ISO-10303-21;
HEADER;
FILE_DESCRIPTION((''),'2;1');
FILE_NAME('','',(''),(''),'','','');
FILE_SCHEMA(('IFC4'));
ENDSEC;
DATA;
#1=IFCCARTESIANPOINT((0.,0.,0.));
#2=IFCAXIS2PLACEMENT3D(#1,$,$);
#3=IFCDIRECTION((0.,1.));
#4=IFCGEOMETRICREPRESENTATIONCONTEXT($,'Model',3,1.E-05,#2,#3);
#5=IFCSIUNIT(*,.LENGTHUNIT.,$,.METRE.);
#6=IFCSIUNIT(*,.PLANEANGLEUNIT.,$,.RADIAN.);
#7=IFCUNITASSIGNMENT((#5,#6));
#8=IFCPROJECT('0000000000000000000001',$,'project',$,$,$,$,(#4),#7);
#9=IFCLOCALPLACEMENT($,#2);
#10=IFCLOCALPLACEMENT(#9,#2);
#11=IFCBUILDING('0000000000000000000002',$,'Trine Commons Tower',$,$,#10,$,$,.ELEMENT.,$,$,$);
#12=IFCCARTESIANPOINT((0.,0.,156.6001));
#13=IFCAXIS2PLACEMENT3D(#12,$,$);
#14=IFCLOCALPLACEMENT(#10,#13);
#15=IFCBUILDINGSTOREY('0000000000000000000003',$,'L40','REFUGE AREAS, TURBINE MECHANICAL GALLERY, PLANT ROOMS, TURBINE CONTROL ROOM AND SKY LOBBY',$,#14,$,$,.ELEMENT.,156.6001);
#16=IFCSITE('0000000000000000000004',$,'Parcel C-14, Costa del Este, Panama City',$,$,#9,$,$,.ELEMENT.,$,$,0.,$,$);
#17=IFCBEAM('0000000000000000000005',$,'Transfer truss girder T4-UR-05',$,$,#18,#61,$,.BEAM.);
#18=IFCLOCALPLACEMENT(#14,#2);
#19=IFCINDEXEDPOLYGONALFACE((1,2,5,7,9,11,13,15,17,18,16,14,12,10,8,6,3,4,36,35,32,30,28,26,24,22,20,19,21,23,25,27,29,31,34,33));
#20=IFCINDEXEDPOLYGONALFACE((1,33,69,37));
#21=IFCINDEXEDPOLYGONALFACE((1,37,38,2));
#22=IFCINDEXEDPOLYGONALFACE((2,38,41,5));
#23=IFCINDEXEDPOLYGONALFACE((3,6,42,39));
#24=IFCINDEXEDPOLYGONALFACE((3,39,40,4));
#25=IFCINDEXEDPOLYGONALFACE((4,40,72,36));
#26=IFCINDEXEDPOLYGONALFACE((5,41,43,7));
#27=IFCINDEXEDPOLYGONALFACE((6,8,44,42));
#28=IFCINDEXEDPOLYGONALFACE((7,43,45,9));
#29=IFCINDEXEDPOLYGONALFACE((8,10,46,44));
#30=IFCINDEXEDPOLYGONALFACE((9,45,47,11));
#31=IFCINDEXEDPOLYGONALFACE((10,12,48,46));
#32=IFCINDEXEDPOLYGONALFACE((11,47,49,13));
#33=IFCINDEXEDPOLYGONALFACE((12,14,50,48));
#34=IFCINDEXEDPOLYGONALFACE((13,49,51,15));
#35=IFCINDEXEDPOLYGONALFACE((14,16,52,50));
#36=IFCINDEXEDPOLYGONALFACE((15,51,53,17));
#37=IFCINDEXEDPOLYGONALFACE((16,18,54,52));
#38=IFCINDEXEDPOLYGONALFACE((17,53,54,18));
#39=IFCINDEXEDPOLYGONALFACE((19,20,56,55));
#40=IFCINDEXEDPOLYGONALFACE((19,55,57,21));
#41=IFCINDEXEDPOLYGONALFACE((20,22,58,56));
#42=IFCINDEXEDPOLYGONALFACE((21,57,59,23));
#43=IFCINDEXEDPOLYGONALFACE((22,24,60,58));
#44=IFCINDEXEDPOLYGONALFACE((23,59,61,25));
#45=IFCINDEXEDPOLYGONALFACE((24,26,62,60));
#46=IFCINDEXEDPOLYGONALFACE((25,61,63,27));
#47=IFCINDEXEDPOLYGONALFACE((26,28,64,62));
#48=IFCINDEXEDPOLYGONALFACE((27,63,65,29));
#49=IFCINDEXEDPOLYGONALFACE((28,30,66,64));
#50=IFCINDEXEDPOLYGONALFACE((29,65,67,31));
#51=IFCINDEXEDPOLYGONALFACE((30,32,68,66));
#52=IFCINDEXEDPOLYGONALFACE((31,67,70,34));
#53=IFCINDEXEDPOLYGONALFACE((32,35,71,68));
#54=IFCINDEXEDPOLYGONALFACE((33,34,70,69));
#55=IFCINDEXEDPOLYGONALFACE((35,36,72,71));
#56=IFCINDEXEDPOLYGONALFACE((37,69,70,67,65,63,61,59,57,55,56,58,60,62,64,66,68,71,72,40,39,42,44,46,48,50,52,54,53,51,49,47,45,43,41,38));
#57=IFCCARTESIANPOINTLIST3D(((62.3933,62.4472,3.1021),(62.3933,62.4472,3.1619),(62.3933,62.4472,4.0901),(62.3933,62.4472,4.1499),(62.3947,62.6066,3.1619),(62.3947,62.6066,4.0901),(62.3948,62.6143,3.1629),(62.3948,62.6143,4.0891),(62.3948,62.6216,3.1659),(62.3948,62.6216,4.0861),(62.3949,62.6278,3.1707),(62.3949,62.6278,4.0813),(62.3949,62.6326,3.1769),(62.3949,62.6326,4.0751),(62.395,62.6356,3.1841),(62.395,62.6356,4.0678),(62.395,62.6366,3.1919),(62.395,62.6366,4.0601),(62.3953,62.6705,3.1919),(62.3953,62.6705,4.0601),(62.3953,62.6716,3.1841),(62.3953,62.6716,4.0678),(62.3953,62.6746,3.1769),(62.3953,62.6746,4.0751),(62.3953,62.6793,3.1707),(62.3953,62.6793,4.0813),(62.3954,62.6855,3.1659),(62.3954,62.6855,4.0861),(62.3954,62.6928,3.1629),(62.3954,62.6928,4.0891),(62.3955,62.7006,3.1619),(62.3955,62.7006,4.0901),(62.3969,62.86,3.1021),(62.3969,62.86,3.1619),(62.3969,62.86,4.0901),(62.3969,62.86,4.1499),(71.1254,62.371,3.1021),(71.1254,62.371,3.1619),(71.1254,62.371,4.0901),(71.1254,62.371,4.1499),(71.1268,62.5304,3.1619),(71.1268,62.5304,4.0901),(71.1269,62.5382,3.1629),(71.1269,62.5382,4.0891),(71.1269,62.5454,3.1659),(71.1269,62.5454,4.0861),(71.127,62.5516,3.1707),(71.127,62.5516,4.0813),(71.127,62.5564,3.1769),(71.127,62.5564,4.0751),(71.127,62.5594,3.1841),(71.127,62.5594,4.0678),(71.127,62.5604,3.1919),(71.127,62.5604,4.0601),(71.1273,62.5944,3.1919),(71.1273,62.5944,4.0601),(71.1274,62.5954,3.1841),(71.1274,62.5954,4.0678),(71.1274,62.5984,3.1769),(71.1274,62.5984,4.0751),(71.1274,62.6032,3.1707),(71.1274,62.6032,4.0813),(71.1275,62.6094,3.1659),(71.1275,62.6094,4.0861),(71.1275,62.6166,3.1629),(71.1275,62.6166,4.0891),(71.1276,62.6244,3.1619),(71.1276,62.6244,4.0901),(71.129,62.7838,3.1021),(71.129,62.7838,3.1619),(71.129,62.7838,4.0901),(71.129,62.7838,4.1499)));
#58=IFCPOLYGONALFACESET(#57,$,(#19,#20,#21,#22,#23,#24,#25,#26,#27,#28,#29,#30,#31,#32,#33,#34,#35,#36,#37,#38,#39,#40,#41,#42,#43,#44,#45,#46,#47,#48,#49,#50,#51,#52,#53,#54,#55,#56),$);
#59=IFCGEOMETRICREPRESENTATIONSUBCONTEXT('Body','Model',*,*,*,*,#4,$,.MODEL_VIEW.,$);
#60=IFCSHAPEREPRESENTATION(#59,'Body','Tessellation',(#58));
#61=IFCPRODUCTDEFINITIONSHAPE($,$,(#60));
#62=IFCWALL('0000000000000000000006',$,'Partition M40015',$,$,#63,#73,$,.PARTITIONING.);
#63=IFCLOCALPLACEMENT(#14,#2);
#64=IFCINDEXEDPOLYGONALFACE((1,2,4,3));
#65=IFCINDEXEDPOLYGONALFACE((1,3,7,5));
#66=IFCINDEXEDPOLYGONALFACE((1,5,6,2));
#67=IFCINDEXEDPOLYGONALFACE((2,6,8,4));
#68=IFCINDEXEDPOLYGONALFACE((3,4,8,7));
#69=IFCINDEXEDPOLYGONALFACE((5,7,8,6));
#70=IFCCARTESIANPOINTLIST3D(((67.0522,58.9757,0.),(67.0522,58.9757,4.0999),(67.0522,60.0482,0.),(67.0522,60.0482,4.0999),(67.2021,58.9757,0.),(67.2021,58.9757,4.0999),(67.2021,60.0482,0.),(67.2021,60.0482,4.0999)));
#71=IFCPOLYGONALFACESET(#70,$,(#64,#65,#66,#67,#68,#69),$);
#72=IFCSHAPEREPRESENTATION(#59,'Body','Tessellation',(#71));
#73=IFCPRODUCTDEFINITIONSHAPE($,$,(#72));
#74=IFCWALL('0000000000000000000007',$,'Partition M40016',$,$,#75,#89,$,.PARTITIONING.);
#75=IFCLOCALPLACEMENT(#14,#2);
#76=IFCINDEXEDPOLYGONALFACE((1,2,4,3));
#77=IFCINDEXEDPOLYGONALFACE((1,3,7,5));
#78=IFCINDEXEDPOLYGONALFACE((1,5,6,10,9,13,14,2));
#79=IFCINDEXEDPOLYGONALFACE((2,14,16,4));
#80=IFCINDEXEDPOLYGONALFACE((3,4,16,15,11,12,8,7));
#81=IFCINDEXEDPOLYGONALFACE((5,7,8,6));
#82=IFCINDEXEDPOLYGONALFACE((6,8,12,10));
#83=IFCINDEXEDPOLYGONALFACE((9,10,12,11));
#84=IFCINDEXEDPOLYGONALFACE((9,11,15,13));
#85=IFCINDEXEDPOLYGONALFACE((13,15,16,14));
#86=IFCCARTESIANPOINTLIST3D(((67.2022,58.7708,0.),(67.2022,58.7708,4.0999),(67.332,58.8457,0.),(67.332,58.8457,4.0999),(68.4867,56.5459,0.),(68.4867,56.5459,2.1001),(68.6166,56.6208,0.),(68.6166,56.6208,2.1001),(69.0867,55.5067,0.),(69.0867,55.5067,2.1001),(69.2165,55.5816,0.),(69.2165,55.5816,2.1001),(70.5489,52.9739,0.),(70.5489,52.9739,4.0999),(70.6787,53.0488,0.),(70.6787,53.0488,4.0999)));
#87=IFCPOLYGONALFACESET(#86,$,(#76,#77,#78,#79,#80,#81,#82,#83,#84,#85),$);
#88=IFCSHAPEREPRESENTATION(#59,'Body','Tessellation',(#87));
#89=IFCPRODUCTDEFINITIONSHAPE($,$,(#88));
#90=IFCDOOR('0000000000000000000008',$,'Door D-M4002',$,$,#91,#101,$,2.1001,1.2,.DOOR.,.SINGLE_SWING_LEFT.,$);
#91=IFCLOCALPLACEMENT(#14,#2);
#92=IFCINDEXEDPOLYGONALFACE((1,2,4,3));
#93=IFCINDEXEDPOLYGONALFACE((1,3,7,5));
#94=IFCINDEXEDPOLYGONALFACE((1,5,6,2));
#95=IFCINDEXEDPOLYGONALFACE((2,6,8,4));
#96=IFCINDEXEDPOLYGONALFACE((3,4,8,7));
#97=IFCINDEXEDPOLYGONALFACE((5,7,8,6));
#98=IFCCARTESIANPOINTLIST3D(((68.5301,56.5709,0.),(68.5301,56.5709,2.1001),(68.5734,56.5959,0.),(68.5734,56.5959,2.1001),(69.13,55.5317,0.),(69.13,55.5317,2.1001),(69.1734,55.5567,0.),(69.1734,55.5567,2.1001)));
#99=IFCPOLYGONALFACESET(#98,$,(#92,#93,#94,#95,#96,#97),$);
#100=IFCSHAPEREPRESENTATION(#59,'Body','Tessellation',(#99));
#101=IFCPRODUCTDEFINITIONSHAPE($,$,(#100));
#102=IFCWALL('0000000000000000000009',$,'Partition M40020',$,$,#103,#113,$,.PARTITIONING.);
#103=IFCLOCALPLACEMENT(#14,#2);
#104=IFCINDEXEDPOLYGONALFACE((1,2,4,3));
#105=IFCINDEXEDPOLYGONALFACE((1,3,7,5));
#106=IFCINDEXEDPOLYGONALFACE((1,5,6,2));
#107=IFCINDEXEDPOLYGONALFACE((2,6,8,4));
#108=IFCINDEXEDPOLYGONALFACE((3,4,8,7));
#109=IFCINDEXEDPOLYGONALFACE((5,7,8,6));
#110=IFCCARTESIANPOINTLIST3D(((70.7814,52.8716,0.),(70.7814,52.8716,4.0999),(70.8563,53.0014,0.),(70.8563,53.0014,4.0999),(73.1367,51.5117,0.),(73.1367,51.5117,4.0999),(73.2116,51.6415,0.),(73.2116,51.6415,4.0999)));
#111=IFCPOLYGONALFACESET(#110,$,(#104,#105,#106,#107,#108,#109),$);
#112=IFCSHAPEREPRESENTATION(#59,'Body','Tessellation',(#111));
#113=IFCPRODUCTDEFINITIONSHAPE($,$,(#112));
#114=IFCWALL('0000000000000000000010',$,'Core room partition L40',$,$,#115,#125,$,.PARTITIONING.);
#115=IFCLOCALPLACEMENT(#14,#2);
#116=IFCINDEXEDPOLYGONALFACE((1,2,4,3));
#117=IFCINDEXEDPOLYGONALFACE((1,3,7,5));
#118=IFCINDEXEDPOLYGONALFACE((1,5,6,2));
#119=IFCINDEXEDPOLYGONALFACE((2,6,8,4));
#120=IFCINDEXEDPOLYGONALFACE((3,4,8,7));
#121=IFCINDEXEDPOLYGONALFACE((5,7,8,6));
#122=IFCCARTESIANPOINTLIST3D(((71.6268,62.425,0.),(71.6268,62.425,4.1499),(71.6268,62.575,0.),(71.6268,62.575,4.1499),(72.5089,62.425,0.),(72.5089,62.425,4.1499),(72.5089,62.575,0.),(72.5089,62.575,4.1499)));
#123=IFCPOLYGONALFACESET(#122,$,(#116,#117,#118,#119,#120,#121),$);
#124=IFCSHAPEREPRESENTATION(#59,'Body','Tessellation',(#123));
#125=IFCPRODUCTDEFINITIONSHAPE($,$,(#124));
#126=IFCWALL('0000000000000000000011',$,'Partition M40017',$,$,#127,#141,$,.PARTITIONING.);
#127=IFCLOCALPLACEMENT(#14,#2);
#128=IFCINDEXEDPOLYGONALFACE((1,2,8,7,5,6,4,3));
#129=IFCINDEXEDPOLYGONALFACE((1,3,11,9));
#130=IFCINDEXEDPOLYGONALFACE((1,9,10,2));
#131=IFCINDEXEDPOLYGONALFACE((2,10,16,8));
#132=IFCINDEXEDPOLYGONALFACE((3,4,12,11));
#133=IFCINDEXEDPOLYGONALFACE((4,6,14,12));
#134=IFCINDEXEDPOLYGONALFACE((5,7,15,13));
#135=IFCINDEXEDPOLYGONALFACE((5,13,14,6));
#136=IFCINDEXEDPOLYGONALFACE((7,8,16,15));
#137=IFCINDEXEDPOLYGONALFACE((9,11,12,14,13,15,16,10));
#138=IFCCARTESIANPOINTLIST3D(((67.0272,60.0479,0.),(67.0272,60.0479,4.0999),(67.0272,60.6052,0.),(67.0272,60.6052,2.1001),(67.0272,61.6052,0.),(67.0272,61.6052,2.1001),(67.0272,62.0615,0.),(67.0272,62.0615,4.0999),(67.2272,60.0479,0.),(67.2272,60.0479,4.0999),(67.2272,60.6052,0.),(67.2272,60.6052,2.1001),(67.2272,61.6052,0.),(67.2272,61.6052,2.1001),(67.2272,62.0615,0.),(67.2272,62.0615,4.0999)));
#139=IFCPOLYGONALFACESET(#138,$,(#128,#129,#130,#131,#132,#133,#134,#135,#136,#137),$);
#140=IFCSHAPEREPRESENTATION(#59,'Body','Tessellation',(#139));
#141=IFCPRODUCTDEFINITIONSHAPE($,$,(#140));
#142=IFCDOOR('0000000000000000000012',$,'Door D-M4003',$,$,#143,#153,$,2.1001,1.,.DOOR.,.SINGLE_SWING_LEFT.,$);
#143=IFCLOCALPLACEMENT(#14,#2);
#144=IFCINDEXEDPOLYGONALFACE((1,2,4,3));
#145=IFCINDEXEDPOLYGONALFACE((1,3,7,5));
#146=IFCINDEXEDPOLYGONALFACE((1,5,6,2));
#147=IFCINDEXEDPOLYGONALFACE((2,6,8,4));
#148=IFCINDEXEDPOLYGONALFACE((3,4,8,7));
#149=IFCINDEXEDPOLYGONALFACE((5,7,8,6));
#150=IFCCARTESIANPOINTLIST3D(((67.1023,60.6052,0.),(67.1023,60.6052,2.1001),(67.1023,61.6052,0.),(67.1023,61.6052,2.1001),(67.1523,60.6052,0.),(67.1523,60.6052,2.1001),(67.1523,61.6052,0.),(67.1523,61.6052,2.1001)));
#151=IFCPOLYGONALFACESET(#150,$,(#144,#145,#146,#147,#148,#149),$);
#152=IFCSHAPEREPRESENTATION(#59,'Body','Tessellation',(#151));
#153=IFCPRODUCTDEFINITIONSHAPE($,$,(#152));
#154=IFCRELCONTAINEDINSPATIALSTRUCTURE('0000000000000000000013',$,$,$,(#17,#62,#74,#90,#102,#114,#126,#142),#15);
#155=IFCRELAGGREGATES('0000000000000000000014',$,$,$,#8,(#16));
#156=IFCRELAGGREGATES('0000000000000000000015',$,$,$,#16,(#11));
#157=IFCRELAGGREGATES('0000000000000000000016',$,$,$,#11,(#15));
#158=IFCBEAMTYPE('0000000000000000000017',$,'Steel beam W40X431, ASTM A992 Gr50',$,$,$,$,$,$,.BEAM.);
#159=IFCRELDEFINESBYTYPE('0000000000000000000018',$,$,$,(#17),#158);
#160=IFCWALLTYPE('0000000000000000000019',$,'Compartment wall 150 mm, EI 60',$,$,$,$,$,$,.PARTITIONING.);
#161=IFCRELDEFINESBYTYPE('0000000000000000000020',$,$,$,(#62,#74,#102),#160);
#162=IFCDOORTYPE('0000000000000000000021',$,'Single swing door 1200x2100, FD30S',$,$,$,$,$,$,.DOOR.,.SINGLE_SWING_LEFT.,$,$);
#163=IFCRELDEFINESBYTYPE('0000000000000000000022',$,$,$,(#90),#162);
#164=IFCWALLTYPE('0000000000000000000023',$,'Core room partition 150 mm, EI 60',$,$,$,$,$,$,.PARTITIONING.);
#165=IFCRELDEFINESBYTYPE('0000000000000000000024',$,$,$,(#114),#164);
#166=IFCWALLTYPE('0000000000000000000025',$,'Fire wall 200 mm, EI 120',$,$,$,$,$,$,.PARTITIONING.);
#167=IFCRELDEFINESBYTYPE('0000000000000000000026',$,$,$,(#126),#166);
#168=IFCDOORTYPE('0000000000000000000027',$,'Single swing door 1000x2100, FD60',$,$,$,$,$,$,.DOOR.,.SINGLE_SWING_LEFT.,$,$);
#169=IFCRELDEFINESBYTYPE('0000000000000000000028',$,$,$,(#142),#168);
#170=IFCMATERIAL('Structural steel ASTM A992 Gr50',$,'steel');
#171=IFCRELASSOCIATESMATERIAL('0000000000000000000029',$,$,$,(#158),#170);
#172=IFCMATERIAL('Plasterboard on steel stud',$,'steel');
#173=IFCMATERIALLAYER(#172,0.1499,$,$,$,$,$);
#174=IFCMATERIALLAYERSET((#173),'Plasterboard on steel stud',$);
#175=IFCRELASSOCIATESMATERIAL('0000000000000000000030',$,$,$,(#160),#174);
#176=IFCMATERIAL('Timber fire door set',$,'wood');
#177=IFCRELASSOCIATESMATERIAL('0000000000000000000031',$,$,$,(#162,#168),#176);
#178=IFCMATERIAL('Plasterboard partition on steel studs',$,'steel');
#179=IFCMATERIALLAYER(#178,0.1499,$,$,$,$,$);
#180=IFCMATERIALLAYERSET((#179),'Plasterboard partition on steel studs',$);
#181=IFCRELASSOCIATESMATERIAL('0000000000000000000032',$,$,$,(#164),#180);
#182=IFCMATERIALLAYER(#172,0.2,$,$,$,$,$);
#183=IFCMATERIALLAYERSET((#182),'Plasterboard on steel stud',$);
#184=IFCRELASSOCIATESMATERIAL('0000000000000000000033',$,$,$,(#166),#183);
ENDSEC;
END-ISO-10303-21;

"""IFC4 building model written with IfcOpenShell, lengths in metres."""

from ifc_helpers import new_model, si_unit, direction, frame, frame_2d, origin, origin_2d, place, context, subcontext, project, spatial, rectangle, i_section, extrude, material, layer, layer_set, material_profile, profile_set, type_object, element, fill, save


model = new_model("IFC4")

# Units and contexts
model_context = context("Model", 3, precision=1e-05, world=origin(), true_north=direction((0.0, 1.0)))
body_context = subcontext(model_context, "Body", "Model", "MODEL_VIEW")
ifc_project = project(units=[si_unit("LENGTHUNIT", "METRE"), si_unit("PLANEANGLEUNIT", "RADIAN")], contexts=[model_context])

# Site, building, storey
site_placement = place(None, origin())
site = spatial("IfcSite", under=ifc_project, at=site_placement, Name="Parcel C-14, Costa del Este, Panama City", CompositionType="ELEMENT", RefElevation=0.0)
building_placement = place(site_placement, origin())
building = spatial("IfcBuilding", under=site, at=building_placement, Name="Trine Commons Tower", CompositionType="ELEMENT")
storey_placement = place(building_placement, frame((0.0, 0.0, 156.6001)))
storey = spatial("IfcBuildingStorey", under=building, at=storey_placement, Name="L40", Description="REFUGE AREAS, TURBINE MECHANICAL GALLERY, PLANT ROOMS, TURBINE CONTROL ROOM AND SKY LOBBY", CompositionType="ELEMENT", Elevation=156.6001)

# Beam
ifc_material_1 = material(Name="Structural steel ASTM A992 Gr50", Category="steel")
ifc_material_profile = material_profile(ifc_material_1, i_section(OverallWidth=0.4128, OverallDepth=1.0479, WebThickness=0.0339, FlangeThickness=0.0598, FilletRadius=0.03, at=origin_2d()), Name="W40X431")
ifc_profile_set = profile_set([ifc_material_profile], Name="Structural steel ASTM A992 Gr50")
beam_type = type_object("IfcBeamType", Name="Steel beam W40X431, ASTM A992 Gr50", PredefinedType="BEAM", material=ifc_profile_set)
beam_placement = place(storey_placement, frame((71.1272, 62.5774, 3.626), z_axis=(-0.999962, 0.008723, 0.0), x_axis=(-0.008723, -0.999962, 0.0)))
element("IfcBeam", 1, at=beam_placement, inside=storey, type_object=beam_type, Name="Transfer truss girder T4-UR-05", PredefinedType="BEAM", context=body_context, shape_type="SweptSolid", body=[
    extrude(i_section(OverallWidth=0.4128, OverallDepth=1.0479, WebThickness=0.0339, FlangeThickness=0.0598, FilletRadius=0.03, at=origin_2d()), origin(), (0.0, 0.0, 1.0), 8.7324),
])

# Wall
ifc_material_2 = material(Name="Plasterboard on steel stud", Category="steel")
ifc_layer_1 = layer(ifc_material_2, 0.1499)
ifc_layer_set_1 = layer_set([ifc_layer_1], Name="Plasterboard on steel stud")
wall_type_1 = type_object("IfcWallType", Name="Compartment wall 150 mm, EI 60", PredefinedType="PARTITIONING", material=ifc_layer_set_1)
wall_1_placement = place(storey_placement, frame((67.1272, 58.9758, 0.0), z_axis=(0.0, 0.0, 1.0), x_axis=(0.0, 1.0, 0.0)))
element("IfcWall", 2, at=wall_1_placement, inside=storey, type_object=wall_type_1, Name="Partition M40015", PredefinedType="PARTITIONING", context=body_context, shape_type="SweptSolid", body=[
    extrude(rectangle(XDim=1.0725, YDim=0.1499, at=frame_2d((0.5361, 0.0))), origin(), (0.0, 0.0, 1.0), 4.0999),
])

# Wall, opening, door
wall_2_placement = place(storey_placement, frame((70.6138, 53.0115, 0.0), z_axis=(0.0, 0.0, 1.0), x_axis=(-0.499983, 0.866035, 0.0)))
wall_2 = element("IfcWall", 3, at=wall_2_placement, inside=storey, type_object=wall_type_1, Name="Partition M40016", PredefinedType="PARTITIONING", context=body_context, shape_type="SweptSolid", body=[
    extrude(rectangle(XDim=6.6936, YDim=0.1499, at=frame_2d((3.3467, 0.0))), origin(), (0.0, 0.0, 1.0), 4.0999),
])
opening_1_placement = place(wall_2_placement, frame((2.9243, 0.0, 0.0)))
opening_1 = element("IfcOpeningElement", 4, at=opening_1_placement, cuts=wall_2, PredefinedType="OPENING", context=body_context, shape_type="SweptSolid", body=[
    extrude(rectangle(XDim=1.2, YDim=2.1001, at=frame_2d((0.6001, 1.05))), frame((0.0, 0.085, 0.0), z_axis=(0.0, -1.0, 0.0), x_axis=(1.0, 0.0, 0.0)), (0.0, 0.0, 1.0), 0.1699),
])
ifc_material_3 = material(Name="Timber fire door set", Category="wood")
door_type_1 = type_object("IfcDoorType", Name="Single swing door 1200x2100, FD30S", OperationType="SINGLE_SWING_LEFT", PredefinedType="DOOR", material=ifc_material_3)
door_1_placement = place(opening_1_placement, origin())
door_1 = element("IfcDoor", 5, at=door_1_placement, inside=storey, type_object=door_type_1, Name="Door D-M4002", OperationType="SINGLE_SWING_LEFT", OverallHeight=2.1001, OverallWidth=1.2, PredefinedType="DOOR", context=body_context, shape_type="SweptSolid", body=[
    extrude(rectangle(XDim=1.2, YDim=2.1001, at=frame_2d((0.6001, 1.05))), frame((0.0, 0.0249, 0.0), z_axis=(0.0, -1.0, 0.0), x_axis=(1.0, 0.0, 0.0)), (0.0, 0.0, 1.0), 0.05),
])
fill(opening_1, door_1)

# Walls
wall_3_placement = place(storey_placement, frame((70.8188, 52.9365, 0.0), z_axis=(0.0, 0.0, 1.0), x_axis=(0.866014, -0.50002, 0.0)))
element("IfcWall", 6, at=wall_3_placement, inside=storey, type_object=wall_type_1, Name="Partition M40020", PredefinedType="PARTITIONING", context=body_context, shape_type="SweptSolid", body=[
    extrude(rectangle(XDim=2.7197, YDim=0.1499, at=frame_2d((1.3599, 0.0))), origin(), (0.0, 0.0, 1.0), 4.0999),
])
ifc_material_4 = material(Name="Plasterboard partition on steel studs", Category="steel")
ifc_layer_2 = layer(ifc_material_4, 0.1499)
ifc_layer_set_2 = layer_set([ifc_layer_2], Name="Plasterboard partition on steel studs")
wall_type_2 = type_object("IfcWallType", Name="Core room partition 150 mm, EI 60", PredefinedType="PARTITIONING", material=ifc_layer_set_2)
wall_4_placement = place(storey_placement, frame((71.627, 62.5, 0.0), z_axis=(0.0, 0.0, 1.0), x_axis=(1.0, 0.0, 0.0)))
element("IfcWall", 7, at=wall_4_placement, inside=storey, type_object=wall_type_2, Name="Core room partition L40", PredefinedType="PARTITIONING", context=body_context, shape_type="SweptSolid", body=[
    extrude(rectangle(XDim=0.8821, YDim=0.1499, at=frame_2d((0.4409, 0.0))), origin(), (0.0, 0.0, 1.0), 4.1499),
])

# Wall, opening, door
ifc_layer_3 = layer(ifc_material_2, 0.2)
ifc_layer_set_3 = layer_set([ifc_layer_3], Name="Plasterboard on steel stud")
wall_type_3 = type_object("IfcWallType", Name="Fire wall 200 mm, EI 120", PredefinedType="PARTITIONING", material=ifc_layer_set_3)
wall_5_placement = place(storey_placement, frame((67.1272, 60.0479, 0.0), z_axis=(0.0, 0.0, 1.0), x_axis=(0.0, 1.0, 0.0)))
wall_5 = element("IfcWall", 8, at=wall_5_placement, inside=storey, type_object=wall_type_3, Name="Partition M40017", PredefinedType="PARTITIONING", context=body_context, shape_type="SweptSolid", body=[
    extrude(rectangle(XDim=2.0137, YDim=0.2, at=frame_2d((1.0068, 0.0))), origin(), (0.0, 0.0, 1.0), 4.0999),
])
opening_2_placement = place(wall_5_placement, frame((0.5574, 0.0, 0.0)))
opening_2 = element("IfcOpeningElement", 9, at=opening_2_placement, cuts=wall_5, PredefinedType="OPENING", context=body_context, shape_type="SweptSolid", body=[
    extrude(rectangle(XDim=1.0, YDim=2.1001, at=frame_2d((0.5, 1.05))), frame((0.0, 0.1099, 0.0), z_axis=(0.0, -1.0, 0.0), x_axis=(1.0, 0.0, 0.0)), (0.0, 0.0, 1.0), 0.22),
])
door_type_2 = type_object("IfcDoorType", Name="Single swing door 1000x2100, FD60", OperationType="SINGLE_SWING_LEFT", PredefinedType="DOOR", material=ifc_material_3)
door_2_placement = place(opening_2_placement, origin())
door_2 = element("IfcDoor", 10, at=door_2_placement, inside=storey, type_object=door_type_2, Name="Door D-M4003", OperationType="SINGLE_SWING_LEFT", OverallHeight=2.1001, OverallWidth=1.0, PredefinedType="DOOR", context=body_context, shape_type="SweptSolid", body=[
    extrude(rectangle(XDim=1.0, YDim=2.1001, at=frame_2d((0.5, 1.05))), frame((0.0, 0.0249, 0.0), z_axis=(0.0, -1.0, 0.0), x_axis=(1.0, 0.0, 0.0)), (0.0, 0.0, 1.0), 0.05),
])
fill(opening_2, door_2)

save(model, "model.ifc")
